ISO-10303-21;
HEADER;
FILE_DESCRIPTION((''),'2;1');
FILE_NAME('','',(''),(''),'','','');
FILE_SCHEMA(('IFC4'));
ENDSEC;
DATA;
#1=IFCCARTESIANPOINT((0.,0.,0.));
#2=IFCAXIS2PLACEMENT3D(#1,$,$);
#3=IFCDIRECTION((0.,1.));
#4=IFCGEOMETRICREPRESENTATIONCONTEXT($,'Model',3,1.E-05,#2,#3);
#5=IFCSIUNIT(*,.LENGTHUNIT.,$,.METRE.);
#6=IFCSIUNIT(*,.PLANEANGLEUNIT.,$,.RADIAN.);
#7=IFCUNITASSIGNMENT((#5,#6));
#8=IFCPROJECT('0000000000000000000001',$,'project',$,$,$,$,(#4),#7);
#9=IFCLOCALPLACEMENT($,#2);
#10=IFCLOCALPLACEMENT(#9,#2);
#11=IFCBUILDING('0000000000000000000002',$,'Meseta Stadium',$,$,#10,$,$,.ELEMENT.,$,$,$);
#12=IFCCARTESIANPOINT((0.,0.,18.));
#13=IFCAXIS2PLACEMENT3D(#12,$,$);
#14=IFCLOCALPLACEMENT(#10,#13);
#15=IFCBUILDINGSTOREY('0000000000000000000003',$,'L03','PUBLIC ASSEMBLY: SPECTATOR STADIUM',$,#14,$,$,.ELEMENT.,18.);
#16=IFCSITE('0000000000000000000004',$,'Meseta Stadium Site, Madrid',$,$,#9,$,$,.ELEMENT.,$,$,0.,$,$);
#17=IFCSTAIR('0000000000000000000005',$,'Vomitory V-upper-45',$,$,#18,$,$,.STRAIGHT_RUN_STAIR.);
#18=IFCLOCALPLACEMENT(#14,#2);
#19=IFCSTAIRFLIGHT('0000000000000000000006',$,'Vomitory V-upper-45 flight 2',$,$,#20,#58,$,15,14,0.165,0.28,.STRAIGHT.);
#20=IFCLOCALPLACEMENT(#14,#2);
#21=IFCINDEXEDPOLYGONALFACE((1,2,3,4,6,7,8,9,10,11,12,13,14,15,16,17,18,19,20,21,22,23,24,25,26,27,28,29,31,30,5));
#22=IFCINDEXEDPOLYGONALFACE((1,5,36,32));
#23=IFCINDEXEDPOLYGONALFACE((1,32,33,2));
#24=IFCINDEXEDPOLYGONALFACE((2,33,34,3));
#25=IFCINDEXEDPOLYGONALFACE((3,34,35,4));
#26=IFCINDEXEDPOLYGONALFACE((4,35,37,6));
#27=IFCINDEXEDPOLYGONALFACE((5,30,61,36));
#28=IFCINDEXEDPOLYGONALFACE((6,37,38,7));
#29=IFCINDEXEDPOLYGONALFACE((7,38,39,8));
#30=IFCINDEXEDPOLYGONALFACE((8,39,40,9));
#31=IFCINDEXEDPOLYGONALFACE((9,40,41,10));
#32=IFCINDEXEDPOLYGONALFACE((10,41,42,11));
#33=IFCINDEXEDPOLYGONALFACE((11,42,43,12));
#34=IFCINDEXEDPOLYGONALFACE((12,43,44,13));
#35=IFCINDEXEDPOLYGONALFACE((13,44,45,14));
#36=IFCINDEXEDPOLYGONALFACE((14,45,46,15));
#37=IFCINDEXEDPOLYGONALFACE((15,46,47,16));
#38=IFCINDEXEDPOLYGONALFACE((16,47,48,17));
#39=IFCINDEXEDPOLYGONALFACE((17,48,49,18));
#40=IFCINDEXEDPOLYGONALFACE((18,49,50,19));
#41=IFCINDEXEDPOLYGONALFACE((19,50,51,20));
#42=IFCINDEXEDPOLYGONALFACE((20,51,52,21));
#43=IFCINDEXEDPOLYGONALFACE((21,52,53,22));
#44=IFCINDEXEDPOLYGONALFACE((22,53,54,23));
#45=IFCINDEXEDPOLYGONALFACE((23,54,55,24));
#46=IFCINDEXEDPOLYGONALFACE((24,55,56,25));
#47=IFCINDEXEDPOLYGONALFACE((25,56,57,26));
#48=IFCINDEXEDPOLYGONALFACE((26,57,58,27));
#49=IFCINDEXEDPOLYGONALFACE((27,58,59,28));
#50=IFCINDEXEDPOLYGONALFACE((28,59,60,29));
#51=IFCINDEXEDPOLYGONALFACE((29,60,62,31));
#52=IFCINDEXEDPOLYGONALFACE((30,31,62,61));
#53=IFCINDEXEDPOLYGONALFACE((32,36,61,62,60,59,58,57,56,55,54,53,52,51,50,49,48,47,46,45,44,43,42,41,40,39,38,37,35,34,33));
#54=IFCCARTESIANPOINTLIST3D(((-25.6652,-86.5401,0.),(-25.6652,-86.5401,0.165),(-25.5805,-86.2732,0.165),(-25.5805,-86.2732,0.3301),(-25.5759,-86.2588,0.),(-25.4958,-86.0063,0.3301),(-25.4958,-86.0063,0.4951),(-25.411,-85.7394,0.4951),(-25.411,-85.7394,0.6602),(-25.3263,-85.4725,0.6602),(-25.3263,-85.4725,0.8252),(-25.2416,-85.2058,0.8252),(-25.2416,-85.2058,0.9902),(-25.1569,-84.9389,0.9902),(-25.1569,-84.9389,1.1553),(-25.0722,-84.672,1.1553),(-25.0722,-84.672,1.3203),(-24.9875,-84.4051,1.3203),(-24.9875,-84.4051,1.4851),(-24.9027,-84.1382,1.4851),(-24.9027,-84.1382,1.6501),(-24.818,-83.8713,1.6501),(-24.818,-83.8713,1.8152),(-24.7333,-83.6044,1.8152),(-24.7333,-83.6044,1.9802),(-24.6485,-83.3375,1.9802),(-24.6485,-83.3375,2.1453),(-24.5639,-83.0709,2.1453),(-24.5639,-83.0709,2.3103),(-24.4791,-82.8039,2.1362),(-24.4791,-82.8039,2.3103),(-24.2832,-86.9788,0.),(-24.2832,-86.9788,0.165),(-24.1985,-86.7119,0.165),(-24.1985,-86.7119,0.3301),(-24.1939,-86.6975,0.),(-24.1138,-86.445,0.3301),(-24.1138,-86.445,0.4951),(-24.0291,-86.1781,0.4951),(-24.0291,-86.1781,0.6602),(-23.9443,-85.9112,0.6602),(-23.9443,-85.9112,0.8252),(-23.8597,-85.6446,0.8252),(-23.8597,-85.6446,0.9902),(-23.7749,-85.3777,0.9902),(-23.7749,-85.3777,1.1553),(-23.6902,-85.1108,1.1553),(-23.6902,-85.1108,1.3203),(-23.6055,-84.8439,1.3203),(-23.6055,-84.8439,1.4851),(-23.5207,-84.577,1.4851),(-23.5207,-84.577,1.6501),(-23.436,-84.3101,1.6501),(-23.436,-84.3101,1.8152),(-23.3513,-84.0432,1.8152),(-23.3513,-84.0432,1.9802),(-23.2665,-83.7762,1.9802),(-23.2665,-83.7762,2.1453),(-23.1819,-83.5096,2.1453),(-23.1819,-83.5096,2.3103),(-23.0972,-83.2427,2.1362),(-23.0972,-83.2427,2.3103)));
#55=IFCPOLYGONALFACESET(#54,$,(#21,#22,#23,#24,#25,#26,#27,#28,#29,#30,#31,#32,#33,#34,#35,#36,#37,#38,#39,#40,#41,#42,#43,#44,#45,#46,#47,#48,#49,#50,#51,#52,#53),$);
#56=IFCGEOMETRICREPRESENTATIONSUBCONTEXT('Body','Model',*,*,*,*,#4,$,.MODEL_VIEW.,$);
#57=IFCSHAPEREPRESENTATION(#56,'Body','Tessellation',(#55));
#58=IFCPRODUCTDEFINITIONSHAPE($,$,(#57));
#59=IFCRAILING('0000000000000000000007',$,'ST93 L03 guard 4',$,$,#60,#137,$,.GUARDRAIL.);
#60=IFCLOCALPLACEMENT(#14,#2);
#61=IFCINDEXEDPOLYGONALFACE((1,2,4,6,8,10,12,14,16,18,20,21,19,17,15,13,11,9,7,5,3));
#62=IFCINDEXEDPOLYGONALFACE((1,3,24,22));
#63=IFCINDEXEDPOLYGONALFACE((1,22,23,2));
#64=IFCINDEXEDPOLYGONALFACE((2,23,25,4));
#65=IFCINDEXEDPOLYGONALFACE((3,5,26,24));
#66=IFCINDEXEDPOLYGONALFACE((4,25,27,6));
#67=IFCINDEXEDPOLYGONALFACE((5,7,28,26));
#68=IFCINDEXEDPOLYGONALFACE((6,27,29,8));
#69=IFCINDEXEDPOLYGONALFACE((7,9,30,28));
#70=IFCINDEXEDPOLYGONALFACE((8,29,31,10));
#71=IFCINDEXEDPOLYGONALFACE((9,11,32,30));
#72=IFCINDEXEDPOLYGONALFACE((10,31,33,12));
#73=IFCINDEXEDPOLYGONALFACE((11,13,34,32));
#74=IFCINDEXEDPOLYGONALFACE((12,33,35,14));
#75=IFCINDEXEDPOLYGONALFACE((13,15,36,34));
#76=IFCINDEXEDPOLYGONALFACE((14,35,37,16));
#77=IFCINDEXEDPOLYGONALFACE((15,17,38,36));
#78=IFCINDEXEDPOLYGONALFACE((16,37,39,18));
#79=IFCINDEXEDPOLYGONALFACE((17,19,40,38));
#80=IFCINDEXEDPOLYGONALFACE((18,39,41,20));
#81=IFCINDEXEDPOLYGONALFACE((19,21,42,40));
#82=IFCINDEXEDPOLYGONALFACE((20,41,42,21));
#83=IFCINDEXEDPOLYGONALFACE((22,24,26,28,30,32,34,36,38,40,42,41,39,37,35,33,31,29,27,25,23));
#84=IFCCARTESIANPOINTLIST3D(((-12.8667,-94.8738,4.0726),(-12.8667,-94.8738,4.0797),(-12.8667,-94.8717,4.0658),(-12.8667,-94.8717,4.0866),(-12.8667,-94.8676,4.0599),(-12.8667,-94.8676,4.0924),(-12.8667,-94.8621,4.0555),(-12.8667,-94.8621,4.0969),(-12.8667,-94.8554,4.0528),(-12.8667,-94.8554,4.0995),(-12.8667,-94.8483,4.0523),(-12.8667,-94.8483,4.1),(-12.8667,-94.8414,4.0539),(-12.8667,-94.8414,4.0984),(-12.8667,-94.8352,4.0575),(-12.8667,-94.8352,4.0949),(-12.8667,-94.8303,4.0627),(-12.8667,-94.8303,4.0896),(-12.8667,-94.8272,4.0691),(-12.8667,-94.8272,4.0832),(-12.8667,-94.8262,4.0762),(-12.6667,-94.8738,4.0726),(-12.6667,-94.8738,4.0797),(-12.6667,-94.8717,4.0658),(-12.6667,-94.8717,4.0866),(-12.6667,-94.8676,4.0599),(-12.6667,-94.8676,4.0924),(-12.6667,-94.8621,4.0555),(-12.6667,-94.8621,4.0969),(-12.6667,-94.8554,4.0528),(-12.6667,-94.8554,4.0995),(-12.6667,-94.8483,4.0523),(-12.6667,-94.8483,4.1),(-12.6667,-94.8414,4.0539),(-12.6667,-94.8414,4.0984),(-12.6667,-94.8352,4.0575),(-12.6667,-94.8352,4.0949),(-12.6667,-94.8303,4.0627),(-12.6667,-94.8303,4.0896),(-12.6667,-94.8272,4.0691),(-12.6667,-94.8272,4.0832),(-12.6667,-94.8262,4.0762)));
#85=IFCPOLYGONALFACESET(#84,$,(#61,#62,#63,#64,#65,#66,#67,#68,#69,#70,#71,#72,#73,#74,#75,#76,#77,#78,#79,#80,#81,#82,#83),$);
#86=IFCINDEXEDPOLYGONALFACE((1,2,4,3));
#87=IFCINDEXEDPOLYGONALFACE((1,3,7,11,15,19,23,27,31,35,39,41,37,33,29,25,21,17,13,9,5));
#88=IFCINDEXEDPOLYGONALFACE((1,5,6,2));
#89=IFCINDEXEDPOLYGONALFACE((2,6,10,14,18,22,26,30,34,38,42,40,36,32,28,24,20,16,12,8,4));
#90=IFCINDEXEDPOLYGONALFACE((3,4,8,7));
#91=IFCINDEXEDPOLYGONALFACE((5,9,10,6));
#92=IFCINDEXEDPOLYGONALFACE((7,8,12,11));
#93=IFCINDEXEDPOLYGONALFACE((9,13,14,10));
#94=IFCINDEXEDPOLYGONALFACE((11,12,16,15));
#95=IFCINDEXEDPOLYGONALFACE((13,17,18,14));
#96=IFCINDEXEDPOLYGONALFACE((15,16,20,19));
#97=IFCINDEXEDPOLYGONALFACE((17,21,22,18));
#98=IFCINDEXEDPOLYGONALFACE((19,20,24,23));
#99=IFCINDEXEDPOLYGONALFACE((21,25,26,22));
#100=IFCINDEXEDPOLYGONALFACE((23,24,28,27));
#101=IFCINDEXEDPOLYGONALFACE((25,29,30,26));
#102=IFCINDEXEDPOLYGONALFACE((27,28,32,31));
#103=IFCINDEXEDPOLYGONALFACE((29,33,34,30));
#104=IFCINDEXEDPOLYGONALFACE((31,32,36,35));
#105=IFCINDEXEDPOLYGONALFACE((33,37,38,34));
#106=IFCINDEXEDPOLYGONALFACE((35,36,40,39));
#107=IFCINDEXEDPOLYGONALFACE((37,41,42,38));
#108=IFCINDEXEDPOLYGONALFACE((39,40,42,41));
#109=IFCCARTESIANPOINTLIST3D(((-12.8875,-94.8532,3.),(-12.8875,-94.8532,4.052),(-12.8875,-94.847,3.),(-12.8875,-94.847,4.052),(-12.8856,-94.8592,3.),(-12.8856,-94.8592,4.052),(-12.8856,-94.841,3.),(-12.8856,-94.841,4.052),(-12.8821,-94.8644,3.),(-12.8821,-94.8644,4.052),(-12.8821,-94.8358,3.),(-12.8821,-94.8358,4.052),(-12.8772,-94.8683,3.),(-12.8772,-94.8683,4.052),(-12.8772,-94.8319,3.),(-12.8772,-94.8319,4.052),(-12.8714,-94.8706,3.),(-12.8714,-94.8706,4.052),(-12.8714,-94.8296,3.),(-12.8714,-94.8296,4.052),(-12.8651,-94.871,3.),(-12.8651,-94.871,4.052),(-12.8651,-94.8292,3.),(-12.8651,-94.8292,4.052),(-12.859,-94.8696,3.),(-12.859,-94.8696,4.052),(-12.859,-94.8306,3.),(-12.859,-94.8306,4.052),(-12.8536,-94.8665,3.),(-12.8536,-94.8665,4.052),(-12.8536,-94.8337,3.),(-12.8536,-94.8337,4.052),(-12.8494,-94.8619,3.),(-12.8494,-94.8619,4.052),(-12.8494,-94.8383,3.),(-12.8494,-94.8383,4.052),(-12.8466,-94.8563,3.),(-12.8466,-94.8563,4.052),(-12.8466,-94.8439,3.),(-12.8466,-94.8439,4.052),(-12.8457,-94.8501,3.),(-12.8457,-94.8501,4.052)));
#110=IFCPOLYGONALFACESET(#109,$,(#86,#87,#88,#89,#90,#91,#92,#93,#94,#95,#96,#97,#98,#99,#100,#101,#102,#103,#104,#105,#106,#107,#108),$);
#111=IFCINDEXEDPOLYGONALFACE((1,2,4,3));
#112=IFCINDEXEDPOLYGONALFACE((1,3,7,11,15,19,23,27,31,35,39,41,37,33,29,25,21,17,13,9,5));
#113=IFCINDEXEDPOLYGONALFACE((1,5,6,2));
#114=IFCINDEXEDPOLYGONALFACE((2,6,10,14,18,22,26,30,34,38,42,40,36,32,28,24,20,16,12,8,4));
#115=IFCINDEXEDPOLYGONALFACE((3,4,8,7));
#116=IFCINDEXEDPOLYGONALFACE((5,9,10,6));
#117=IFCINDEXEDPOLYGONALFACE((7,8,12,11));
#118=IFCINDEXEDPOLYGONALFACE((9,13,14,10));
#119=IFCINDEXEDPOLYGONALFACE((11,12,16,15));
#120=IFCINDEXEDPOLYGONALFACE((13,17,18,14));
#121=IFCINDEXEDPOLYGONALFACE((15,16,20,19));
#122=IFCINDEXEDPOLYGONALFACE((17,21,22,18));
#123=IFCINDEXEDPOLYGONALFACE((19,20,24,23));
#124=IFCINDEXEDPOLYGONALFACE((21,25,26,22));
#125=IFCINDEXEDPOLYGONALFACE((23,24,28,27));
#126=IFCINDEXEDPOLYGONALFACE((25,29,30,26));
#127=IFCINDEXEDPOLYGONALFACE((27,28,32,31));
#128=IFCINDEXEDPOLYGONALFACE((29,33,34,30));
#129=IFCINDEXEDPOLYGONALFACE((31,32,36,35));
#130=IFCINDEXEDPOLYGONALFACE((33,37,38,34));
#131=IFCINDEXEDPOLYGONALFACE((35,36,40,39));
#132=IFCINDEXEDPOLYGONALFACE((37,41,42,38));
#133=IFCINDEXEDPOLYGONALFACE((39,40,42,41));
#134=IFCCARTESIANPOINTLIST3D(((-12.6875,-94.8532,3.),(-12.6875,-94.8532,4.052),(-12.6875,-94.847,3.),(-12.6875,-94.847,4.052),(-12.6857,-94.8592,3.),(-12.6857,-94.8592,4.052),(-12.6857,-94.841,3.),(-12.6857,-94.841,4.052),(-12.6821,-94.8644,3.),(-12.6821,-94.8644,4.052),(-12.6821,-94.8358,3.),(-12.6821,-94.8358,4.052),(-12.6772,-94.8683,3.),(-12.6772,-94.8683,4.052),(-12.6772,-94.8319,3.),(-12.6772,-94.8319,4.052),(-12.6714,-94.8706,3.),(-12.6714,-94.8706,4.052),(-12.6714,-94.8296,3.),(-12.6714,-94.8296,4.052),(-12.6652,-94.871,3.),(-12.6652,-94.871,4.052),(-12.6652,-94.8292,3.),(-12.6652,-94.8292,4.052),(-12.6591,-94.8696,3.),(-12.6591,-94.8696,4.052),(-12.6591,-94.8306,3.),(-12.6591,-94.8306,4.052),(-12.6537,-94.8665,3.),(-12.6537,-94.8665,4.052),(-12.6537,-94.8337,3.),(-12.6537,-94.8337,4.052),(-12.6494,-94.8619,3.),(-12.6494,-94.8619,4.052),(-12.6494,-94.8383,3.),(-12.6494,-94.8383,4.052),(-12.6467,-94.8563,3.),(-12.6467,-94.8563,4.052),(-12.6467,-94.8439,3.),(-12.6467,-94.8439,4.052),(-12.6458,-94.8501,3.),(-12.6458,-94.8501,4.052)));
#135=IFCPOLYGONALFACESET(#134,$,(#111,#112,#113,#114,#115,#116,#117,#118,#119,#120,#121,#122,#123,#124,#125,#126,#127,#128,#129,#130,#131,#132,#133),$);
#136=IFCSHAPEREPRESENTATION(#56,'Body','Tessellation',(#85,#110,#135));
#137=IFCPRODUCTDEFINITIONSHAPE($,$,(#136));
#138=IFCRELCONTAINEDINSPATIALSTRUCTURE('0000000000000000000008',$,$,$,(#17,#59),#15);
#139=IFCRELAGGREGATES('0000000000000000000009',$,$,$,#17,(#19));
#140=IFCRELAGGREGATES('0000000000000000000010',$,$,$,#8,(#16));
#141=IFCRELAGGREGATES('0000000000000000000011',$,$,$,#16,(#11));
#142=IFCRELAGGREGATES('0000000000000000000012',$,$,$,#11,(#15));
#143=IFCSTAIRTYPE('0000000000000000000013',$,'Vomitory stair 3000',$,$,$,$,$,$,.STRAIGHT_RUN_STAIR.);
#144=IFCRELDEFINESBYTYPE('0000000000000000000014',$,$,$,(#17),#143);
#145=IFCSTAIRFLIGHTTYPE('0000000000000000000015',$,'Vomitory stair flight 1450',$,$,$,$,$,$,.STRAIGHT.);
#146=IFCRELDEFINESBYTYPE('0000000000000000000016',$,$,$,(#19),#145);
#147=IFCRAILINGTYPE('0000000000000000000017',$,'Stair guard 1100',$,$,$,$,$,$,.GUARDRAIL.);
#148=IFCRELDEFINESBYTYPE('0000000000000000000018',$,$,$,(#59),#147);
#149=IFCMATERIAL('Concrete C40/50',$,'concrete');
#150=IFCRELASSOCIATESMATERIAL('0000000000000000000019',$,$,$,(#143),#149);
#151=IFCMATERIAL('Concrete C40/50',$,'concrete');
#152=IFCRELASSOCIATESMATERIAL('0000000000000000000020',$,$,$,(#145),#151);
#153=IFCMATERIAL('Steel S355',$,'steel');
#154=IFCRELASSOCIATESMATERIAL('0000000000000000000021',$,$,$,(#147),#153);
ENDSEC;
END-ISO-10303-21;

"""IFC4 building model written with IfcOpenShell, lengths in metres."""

from ifc_helpers import new_model, si_unit, direction, frame, origin, origin_2d, place, context, subcontext, project, spatial, polyline, circle, outline, extrude, material, type_object, element, aggregate, save


model = new_model("IFC4")

# Units and contexts
model_context = context("Model", 3, precision=1e-05, world=origin(), true_north=direction((0.0, 1.0)))
body_context = subcontext(model_context, "Body", "Model", "MODEL_VIEW")
ifc_project = project(units=[si_unit("LENGTHUNIT", "METRE"), si_unit("PLANEANGLEUNIT", "RADIAN")], contexts=[model_context])

# Site, building, storey
site_placement = place(None, origin())
site = spatial("IfcSite", under=ifc_project, at=site_placement, Name="Meseta Stadium Site, Madrid", CompositionType="ELEMENT", RefElevation=0.0)
building_placement = place(site_placement, origin())
building = spatial("IfcBuilding", under=site, at=building_placement, Name="Meseta Stadium", CompositionType="ELEMENT")
storey_placement = place(building_placement, frame((0.0, 0.0, 18.0)))
storey = spatial("IfcBuildingStorey", under=building, at=storey_placement, Name="L03", Description="PUBLIC ASSEMBLY: SPECTATOR STADIUM", CompositionType="ELEMENT", Elevation=18.0)

# Stair, stair flight
ifc_material_1 = material(Name="Concrete C40/50", Category="concrete")
stair_type = type_object("IfcStairType", Name="Vomitory stair 3000", PredefinedType="STRAIGHT_RUN_STAIR", material=ifc_material_1)
stair_placement = place(storey_placement, origin())
stair = element("IfcStair", 1, at=stair_placement, inside=storey, type_object=stair_type, Name="Vomitory V-upper-45", PredefinedType="STRAIGHT_RUN_STAIR")
ifc_material_2 = material(Name="Concrete C40/50", Category="concrete")
stair_flight_type = type_object("IfcStairFlightType", Name="Vomitory stair flight 1450", PredefinedType="STRAIGHT", material=ifc_material_2)
stair_flight_placement = place(storey_placement, frame((-24.9741, -86.7595, 0.0), z_axis=(0.0, 0.0, 1.0), x_axis=(0.30258, 0.953124, 0.0)))
stair_flight = element("IfcStairFlight", 2, at=stair_flight_placement, type_object=stair_flight_type, Name="Vomitory V-upper-45 flight 2", NumberOfRisers=15, NumberOfTreads=14, PredefinedType="STRAIGHT", RiserHeight=0.165, TreadLength=0.28, context=body_context, shape_type="SweptSolid", body=[
    extrude(outline(polyline([(0.0, 0.0), (0.0, 0.165), (0.28, 0.165), (0.28, 0.3301), (0.5601, 0.3301), (0.5601, 0.4951), (0.8401, 0.4951), (0.8401, 0.6602), (1.1201, 0.6602), (1.1201, 0.8252), (1.3999, 0.8252), (1.3999, 0.9902), (1.6799, 0.9902), (1.6799, 1.1553), (1.96, 1.1553), (1.96, 1.3203), (2.24, 1.3203), (2.24, 1.4851), (2.52, 1.4851), (2.52, 1.6501), (2.8, 1.6501), (2.8, 1.8152), (3.0801, 1.8152), (3.0801, 1.9802), (3.3601, 1.9802), (3.3601, 2.1453), (3.6399, 2.1453), (3.6399, 2.3103), (3.9199, 2.3103), (3.9199, 2.1362), (0.2952, 0.0), (0.0, 0.0)])), frame((0.0, 0.7251, 0.0), z_axis=(0.0, -1.0, 0.0), x_axis=(1.0, 0.0, 0.0)), (0.0, 0.0, 1.0), 1.45),
])
aggregate(stair, [stair_flight])

# Railing
ifc_material_3 = material(Name="Steel S355", Category="steel")
railing_type_1 = type_object("IfcRailingType", Name="Stair guard 1100", PredefinedType="GUARDRAIL", material=ifc_material_3)
for number, where, name in (
    (3, (-12.8667, -94.8501, 3.0), "ST93 L03 guard 4"),
):
    element("IfcRailing", number, at=place(storey_placement, frame(where)), inside=storey, type_object=railing_type_1, Name=name, PredefinedType="GUARDRAIL", context=body_context, shape_type="SweptSolid", body=[
        extrude(circle(Radius=0.0239, at=origin_2d()), frame((0.0, 0.0, 1.0762), z_axis=(1.0, 0.0, 0.0), x_axis=(0.0, 1.0, 0.0)), (0.0, 0.0, 1.0), 0.2),
        extrude(circle(Radius=0.021, at=origin_2d()), origin(), (0.0, 0.0, 1.0), 1.052),
        extrude(circle(Radius=0.021, at=origin_2d()), frame((0.2, 0.0, 0.0)), (0.0, 0.0, 1.0), 1.052),
    ])

save(model, "model.ifc")
